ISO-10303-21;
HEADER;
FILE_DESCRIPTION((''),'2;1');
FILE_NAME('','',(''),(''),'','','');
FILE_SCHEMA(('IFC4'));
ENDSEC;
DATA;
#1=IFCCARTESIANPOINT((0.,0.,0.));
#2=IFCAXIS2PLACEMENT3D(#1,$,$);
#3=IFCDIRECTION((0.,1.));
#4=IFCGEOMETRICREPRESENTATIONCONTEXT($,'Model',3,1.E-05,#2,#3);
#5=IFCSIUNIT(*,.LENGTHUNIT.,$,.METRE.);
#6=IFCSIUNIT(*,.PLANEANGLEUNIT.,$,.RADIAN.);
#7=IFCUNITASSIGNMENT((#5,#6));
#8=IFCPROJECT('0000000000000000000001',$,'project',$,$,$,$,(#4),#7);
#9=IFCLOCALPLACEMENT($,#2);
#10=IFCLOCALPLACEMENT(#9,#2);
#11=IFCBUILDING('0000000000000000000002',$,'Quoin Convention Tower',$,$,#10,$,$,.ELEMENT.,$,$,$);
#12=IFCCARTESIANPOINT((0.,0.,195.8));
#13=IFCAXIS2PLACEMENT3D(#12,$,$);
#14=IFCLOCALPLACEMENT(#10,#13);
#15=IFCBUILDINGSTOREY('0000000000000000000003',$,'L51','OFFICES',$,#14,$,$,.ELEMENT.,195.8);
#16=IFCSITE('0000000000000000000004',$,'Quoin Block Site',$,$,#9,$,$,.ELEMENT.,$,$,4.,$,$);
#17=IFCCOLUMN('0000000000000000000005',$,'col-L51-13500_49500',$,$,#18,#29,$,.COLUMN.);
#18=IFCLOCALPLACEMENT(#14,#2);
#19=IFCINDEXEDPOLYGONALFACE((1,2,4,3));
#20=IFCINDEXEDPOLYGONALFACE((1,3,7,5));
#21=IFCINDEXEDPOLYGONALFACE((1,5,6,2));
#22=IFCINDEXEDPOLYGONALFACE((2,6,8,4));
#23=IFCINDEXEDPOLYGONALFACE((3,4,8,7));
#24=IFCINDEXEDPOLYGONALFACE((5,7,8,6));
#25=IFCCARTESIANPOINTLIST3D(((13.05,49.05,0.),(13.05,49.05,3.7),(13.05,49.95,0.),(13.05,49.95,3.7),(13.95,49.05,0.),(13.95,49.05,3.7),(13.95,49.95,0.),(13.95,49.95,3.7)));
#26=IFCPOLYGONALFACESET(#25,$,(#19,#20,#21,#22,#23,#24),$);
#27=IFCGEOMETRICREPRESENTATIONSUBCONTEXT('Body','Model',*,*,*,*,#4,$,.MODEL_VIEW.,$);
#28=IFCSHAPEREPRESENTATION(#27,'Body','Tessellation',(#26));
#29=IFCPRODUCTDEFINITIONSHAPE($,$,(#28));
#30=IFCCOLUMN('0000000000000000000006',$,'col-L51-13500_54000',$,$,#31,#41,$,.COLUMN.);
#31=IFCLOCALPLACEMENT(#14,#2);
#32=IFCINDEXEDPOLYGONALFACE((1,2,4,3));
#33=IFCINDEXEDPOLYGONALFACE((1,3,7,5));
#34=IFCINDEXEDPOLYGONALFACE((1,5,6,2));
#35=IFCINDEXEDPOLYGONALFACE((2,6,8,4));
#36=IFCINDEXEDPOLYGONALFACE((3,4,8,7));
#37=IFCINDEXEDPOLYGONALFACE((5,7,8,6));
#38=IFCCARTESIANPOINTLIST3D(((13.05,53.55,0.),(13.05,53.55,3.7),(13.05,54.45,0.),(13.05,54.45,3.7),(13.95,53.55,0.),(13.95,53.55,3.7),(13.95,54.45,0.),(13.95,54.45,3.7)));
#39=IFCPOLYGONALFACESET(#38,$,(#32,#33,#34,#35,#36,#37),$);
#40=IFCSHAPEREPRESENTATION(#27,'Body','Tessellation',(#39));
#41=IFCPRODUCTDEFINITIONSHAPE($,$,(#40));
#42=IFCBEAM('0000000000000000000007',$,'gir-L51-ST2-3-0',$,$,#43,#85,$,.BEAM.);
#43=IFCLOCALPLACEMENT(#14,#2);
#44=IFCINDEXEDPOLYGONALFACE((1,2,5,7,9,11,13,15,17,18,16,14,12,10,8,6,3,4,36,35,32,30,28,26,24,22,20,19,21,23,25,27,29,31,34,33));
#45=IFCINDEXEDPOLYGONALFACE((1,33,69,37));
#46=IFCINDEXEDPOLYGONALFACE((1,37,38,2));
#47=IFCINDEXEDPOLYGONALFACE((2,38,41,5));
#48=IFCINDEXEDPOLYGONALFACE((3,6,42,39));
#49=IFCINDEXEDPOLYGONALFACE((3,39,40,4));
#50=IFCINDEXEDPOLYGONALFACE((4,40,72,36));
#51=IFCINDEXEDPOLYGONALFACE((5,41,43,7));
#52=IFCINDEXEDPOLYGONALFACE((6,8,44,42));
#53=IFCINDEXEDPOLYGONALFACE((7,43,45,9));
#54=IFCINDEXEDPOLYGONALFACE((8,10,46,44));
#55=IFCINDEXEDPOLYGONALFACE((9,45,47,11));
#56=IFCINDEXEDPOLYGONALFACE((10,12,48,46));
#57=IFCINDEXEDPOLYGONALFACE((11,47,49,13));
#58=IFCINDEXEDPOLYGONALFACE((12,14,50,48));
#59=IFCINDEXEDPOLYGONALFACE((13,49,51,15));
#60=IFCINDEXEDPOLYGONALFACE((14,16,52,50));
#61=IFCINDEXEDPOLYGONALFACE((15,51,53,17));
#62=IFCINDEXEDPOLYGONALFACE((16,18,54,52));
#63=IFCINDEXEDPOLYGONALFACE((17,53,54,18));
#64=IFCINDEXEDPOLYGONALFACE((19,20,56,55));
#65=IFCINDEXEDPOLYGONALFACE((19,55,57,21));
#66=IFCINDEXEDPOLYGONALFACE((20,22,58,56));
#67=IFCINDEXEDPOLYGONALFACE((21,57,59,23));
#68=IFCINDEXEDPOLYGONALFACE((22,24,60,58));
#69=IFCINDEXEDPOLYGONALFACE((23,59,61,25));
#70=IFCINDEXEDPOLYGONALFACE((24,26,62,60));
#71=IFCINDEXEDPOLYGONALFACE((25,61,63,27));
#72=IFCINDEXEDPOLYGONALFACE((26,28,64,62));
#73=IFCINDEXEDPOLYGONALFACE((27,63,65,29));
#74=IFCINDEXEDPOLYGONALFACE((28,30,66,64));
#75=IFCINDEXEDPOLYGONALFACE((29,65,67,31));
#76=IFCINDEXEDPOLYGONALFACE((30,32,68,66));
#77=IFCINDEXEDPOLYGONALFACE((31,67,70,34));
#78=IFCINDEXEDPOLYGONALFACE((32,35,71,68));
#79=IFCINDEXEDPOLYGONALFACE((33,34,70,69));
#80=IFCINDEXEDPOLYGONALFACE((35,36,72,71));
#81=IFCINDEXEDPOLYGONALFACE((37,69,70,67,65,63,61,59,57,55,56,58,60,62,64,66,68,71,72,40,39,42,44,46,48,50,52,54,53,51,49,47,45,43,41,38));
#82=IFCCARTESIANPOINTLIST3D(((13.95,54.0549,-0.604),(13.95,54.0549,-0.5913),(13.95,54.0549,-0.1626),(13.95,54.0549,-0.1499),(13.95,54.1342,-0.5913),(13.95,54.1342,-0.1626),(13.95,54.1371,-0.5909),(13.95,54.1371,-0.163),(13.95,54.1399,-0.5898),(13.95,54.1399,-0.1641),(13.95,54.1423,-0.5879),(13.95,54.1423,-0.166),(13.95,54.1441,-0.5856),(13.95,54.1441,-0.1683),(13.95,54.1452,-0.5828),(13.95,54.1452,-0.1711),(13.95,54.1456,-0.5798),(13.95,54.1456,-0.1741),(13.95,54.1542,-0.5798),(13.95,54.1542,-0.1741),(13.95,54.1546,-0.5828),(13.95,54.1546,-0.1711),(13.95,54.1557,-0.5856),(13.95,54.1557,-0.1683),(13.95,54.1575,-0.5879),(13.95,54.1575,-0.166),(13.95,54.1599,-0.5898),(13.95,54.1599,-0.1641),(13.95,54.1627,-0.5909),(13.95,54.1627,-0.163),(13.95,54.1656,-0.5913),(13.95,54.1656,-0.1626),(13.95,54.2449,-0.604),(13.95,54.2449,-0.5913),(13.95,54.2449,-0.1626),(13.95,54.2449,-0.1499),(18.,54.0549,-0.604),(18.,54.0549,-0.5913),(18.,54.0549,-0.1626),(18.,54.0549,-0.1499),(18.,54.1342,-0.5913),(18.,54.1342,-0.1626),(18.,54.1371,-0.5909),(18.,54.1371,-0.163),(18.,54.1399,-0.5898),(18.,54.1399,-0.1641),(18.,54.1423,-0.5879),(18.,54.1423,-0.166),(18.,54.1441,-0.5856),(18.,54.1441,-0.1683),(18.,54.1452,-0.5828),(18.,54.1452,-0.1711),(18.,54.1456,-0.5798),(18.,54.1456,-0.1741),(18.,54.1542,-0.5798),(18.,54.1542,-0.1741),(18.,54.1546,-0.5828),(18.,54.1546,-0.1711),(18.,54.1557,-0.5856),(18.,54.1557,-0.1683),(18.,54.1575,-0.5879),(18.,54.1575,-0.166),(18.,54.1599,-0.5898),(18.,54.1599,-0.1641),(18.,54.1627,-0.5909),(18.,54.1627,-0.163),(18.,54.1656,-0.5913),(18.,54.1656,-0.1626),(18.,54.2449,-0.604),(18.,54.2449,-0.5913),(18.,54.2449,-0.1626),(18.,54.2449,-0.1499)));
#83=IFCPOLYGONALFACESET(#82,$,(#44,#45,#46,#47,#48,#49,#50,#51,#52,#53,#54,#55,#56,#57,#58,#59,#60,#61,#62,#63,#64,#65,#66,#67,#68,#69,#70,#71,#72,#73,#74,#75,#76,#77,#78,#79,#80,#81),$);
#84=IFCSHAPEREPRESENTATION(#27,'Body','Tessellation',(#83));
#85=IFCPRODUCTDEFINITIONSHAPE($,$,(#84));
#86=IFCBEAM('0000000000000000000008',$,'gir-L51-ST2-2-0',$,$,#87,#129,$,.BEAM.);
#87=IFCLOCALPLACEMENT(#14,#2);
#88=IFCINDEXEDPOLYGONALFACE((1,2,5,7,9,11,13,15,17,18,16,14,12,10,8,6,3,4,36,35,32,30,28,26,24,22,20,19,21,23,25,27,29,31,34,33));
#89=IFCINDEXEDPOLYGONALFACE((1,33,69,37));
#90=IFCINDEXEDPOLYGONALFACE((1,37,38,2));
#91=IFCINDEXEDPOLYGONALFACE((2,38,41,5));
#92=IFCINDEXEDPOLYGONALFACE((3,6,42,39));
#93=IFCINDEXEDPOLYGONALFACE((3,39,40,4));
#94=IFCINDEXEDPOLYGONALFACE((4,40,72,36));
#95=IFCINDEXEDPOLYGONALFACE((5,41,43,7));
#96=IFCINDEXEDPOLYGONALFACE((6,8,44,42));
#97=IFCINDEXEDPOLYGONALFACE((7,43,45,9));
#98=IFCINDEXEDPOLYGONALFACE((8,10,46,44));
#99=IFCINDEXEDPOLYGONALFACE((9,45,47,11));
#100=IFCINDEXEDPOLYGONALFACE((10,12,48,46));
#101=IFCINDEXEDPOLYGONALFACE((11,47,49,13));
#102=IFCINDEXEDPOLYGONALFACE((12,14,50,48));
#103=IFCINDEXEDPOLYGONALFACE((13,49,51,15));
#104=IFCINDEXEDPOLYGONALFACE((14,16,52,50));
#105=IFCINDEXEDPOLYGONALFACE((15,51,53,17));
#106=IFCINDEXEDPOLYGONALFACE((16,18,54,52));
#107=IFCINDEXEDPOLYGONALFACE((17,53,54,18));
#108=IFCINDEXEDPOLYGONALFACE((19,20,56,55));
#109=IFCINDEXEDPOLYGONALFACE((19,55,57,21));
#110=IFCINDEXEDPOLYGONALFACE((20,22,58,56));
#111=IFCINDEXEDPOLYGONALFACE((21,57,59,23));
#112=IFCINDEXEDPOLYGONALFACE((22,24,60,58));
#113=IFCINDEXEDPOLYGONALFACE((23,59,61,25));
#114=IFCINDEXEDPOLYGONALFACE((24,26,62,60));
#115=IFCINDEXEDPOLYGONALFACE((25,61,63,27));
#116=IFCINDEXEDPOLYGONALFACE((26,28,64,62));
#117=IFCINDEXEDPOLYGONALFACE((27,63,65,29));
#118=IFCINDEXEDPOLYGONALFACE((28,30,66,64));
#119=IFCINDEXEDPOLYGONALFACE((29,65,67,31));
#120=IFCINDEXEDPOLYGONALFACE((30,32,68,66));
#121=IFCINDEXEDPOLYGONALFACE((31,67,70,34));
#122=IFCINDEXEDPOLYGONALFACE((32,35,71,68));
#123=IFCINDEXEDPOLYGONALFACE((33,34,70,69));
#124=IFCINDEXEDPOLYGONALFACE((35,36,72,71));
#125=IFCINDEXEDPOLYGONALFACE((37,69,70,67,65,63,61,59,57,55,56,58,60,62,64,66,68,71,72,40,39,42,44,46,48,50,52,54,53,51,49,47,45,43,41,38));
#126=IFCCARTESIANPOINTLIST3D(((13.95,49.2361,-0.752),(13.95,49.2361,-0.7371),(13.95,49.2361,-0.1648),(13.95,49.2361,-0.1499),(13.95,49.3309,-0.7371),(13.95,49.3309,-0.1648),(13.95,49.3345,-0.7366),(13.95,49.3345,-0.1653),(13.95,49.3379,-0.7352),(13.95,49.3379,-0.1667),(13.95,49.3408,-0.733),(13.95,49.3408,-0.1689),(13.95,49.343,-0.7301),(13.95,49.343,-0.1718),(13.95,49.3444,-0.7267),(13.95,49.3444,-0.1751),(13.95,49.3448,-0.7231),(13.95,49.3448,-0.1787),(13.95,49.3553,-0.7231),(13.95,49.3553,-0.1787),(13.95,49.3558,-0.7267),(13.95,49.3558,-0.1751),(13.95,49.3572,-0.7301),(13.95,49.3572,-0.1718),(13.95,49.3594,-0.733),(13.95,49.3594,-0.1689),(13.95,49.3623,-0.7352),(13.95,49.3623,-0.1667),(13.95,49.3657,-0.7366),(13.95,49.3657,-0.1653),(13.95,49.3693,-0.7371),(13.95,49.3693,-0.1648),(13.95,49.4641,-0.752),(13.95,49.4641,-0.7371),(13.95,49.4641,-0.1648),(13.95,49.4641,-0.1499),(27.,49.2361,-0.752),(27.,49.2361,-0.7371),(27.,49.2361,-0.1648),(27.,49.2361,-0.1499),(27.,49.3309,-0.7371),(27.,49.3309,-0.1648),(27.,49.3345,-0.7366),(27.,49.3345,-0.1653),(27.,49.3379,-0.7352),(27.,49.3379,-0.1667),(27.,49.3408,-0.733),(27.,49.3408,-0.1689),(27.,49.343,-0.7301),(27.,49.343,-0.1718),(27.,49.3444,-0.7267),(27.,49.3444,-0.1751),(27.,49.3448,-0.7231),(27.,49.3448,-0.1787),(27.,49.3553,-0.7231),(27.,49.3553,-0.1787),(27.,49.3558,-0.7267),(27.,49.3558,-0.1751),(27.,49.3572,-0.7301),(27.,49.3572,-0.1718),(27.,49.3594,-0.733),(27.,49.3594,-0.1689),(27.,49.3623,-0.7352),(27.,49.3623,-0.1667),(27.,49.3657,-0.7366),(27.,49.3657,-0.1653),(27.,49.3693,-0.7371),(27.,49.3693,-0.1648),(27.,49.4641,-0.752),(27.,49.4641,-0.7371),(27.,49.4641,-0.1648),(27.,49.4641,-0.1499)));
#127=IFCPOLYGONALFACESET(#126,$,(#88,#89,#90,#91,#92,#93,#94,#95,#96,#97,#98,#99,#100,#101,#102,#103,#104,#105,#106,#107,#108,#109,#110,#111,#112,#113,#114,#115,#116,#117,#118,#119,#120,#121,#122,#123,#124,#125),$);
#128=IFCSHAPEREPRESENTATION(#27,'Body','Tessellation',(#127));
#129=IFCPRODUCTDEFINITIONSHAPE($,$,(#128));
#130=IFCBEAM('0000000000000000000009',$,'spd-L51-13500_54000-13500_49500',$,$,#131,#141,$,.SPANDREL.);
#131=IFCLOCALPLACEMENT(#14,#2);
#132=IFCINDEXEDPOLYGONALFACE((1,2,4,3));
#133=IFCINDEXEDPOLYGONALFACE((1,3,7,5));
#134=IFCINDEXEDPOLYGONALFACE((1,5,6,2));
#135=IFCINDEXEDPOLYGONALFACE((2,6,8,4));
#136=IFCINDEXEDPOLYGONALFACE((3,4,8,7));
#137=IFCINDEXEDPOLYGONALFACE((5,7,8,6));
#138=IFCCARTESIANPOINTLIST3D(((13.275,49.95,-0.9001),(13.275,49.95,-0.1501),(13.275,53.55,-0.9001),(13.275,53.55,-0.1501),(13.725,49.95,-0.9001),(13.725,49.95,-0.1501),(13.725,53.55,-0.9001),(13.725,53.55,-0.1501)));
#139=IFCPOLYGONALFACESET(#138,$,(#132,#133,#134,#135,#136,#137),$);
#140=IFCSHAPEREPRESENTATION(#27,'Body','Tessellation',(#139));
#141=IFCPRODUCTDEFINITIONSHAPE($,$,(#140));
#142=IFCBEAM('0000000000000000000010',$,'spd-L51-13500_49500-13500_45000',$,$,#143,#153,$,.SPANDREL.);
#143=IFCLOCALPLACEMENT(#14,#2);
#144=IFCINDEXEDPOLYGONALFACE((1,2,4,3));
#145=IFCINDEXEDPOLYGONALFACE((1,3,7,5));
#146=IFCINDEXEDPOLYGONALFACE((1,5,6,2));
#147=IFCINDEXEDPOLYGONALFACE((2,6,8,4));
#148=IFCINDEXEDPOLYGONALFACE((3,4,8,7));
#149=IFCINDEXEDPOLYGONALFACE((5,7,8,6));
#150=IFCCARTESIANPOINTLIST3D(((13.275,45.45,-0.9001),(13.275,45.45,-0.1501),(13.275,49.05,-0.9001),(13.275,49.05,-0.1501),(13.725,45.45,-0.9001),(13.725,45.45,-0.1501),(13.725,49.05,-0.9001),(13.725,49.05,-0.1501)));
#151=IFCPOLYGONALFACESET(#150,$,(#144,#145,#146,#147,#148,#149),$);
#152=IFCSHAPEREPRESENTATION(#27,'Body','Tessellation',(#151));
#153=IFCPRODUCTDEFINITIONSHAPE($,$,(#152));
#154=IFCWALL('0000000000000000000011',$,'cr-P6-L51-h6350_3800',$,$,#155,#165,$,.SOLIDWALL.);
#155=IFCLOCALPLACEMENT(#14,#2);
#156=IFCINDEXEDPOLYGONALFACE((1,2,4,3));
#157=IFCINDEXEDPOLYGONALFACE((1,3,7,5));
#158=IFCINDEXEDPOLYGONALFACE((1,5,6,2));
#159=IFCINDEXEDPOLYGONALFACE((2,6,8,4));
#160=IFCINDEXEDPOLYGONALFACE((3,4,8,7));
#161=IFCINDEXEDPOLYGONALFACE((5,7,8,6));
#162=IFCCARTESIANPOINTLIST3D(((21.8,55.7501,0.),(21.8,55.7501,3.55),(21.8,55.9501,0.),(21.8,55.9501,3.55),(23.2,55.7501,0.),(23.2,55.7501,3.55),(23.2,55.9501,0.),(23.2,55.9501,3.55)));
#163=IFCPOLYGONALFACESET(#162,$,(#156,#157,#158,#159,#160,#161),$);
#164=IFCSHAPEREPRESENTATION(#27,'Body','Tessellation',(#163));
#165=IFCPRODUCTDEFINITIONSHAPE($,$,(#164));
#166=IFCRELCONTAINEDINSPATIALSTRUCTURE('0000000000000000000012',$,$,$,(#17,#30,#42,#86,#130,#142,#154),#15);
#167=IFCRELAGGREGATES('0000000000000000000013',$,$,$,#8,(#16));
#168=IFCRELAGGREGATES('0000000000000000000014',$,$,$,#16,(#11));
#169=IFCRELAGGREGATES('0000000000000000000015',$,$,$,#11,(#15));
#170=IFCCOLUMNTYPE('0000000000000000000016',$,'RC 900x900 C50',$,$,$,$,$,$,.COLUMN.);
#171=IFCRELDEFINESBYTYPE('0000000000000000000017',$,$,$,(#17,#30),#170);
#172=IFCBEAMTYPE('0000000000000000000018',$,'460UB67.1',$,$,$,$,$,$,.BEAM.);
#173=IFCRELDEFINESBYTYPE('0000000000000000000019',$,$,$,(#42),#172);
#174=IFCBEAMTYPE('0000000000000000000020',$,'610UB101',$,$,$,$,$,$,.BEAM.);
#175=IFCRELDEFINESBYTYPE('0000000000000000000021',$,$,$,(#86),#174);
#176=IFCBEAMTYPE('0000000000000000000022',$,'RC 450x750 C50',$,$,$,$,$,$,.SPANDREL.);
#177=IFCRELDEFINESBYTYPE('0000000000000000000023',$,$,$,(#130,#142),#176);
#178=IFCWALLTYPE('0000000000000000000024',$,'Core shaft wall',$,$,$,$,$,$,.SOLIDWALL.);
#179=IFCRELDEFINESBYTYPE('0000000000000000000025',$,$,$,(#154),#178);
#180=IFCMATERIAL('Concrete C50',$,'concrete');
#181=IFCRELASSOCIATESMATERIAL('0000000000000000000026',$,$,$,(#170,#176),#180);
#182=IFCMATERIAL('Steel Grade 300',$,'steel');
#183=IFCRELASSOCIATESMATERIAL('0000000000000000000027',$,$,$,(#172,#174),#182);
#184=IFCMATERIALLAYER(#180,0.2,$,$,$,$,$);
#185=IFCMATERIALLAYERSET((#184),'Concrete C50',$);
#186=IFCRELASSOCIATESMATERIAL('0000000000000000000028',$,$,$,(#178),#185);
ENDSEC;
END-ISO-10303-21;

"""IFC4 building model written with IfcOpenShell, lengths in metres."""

from ifc_helpers import new_model, si_unit, direction, frame, frame_2d, origin, origin_2d, place, context, subcontext, project, spatial, rectangle, i_section, extrude, material, layer, layer_set, material_profile, profile_set, type_object, element, save


model = new_model("IFC4")

# Units and contexts
model_context = context("Model", 3, precision=1e-05, world=origin(), true_north=direction((0.0, 1.0)))
body_context = subcontext(model_context, "Body", "Model", "MODEL_VIEW")
ifc_project = project(units=[si_unit("LENGTHUNIT", "METRE"), si_unit("PLANEANGLEUNIT", "RADIAN")], contexts=[model_context])

# Site, building, storey
site_placement = place(None, origin())
site = spatial("IfcSite", under=ifc_project, at=site_placement, Name="Quoin Block Site", CompositionType="ELEMENT", RefElevation=4.0)
building_placement = place(site_placement, origin())
building = spatial("IfcBuilding", under=site, at=building_placement, Name="Quoin Convention Tower", CompositionType="ELEMENT")
storey_placement = place(building_placement, frame((0.0, 0.0, 195.8)))
storey = spatial("IfcBuildingStorey", under=building, at=storey_placement, Name="L51", Description="OFFICES", CompositionType="ELEMENT", Elevation=195.8)

# Columns
ifc_material_1 = material(Name="Concrete C50", Category="concrete")
ifc_material_profile_1 = material_profile(ifc_material_1, rectangle(XDim=0.8999, YDim=0.8999, at=origin_2d()), Name="RC 900x900")
ifc_profile_set_1 = profile_set([ifc_material_profile_1], Name="Concrete C50")
column_type = type_object("IfcColumnType", Name="RC 900x900 C50", PredefinedType="COLUMN", material=ifc_profile_set_1)
for number, where, z_axis, x_axis, name in (
    (1, (13.5, 49.5, 0.0), (0.0, 0.0, 1.0), (1.0, 0.0, 0.0), "col-L51-13500_49500"),
    (2, (13.5, 54.0, 0.0), (0.0, 0.0, 1.0), (1.0, 0.0, 0.0), "col-L51-13500_54000"),
):
    element("IfcColumn", number, at=place(storey_placement, frame(where, z_axis=z_axis, x_axis=x_axis)), inside=storey, type_object=column_type, Name=name, PredefinedType="COLUMN", context=body_context, shape_type="SweptSolid", body=[
        extrude(rectangle(XDim=0.8999, YDim=0.8999, at=origin_2d()), origin(), (0.0, 0.0, 1.0), 3.7),
    ])

# Beams
ifc_material_2 = material(Name="Steel Grade 300", Category="steel")
ifc_material_profile_2 = material_profile(ifc_material_2, i_section(OverallWidth=0.1899, OverallDepth=0.4541, WebThickness=0.0085, FlangeThickness=0.0127, FilletRadius=0.0115, at=origin_2d()), Name="460UB67.1")
ifc_profile_set_2 = profile_set([ifc_material_profile_2], Name="Steel Grade 300")
beam_type_1 = type_object("IfcBeamType", Name="460UB67.1", PredefinedType="BEAM", material=ifc_profile_set_2)
beam_1_placement = place(storey_placement, frame((13.95, 54.1499, -0.377), z_axis=(1.0, 0.0, 0.0), x_axis=(0.0, 1.0, 0.0)))
element("IfcBeam", 3, at=beam_1_placement, inside=storey, type_object=beam_type_1, Name="gir-L51-ST2-3-0", PredefinedType="BEAM", context=body_context, shape_type="SweptSolid", body=[
    extrude(i_section(OverallWidth=0.1899, OverallDepth=0.4541, WebThickness=0.0085, FlangeThickness=0.0127, FilletRadius=0.0115, at=origin_2d()), origin(), (0.0, 0.0, 1.0), 4.05),
])
ifc_material_profile_3 = material_profile(ifc_material_2, i_section(OverallWidth=0.228, OverallDepth=0.6021, WebThickness=0.0105, FlangeThickness=0.0149, FilletRadius=0.0139, at=origin_2d()), Name="610UB101")
ifc_profile_set_3 = profile_set([ifc_material_profile_3], Name="Steel Grade 300")
beam_type_2 = type_object("IfcBeamType", Name="610UB101", PredefinedType="BEAM", material=ifc_profile_set_3)
beam_2_placement = place(storey_placement, frame((13.95, 49.3501, -0.4509), z_axis=(1.0, 0.0, 0.0), x_axis=(0.0, 1.0, 0.0)))
element("IfcBeam", 4, at=beam_2_placement, inside=storey, type_object=beam_type_2, Name="gir-L51-ST2-2-0", PredefinedType="BEAM", context=body_context, shape_type="SweptSolid", body=[
    extrude(i_section(OverallWidth=0.228, OverallDepth=0.6021, WebThickness=0.0105, FlangeThickness=0.0149, FilletRadius=0.0139, at=origin_2d()), origin(), (0.0, 0.0, 1.0), 13.05),
])
ifc_material_profile_4 = material_profile(ifc_material_1, rectangle(XDim=0.45, YDim=0.75, at=origin_2d()), Name="RC 450x750")
ifc_profile_set_4 = profile_set([ifc_material_profile_4], Name="Concrete C50")
beam_type_3 = type_object("IfcBeamType", Name="RC 450x750 C50", PredefinedType="SPANDREL", material=ifc_profile_set_4)
for number, where, z_axis, x_axis, name in (
    (5, (13.5, 53.55, -0.5251), (0.0, -1.0, 0.0), (1.0, 0.0, 0.0), "spd-L51-13500_54000-13500_49500"),
    (6, (13.5, 49.05, -0.5251), (0.0, -1.0, 0.0), (1.0, 0.0, 0.0), "spd-L51-13500_49500-13500_45000"),
):
    element("IfcBeam", number, at=place(storey_placement, frame(where, z_axis=z_axis, x_axis=x_axis)), inside=storey, type_object=beam_type_3, Name=name, PredefinedType="SPANDREL", context=body_context, shape_type="SweptSolid", body=[
        extrude(rectangle(XDim=0.45, YDim=0.75, at=origin_2d()), origin(), (0.0, 0.0, 1.0), 3.6001),
    ])

# Wall
ifc_layer_1 = layer(ifc_material_1, 0.2)
ifc_layer_set_1 = layer_set([ifc_layer_1], Name="Concrete C50")
wall_type_1 = type_object("IfcWallType", Name="Core shaft wall", PredefinedType="SOLIDWALL", material=ifc_layer_set_1)
wall_1_placement = place(storey_placement, frame((21.8, 55.8501, 0.0), z_axis=(0.0, 0.0, 1.0), x_axis=(1.0, 0.0, 0.0)))
element("IfcWall", 7, at=wall_1_placement, inside=storey, type_object=wall_type_1, Name="cr-P6-L51-h6350_3800", PredefinedType="SOLIDWALL", context=body_context, shape_type="SweptSolid", body=[
    extrude(rectangle(XDim=1.3999, YDim=0.2, at=frame_2d((0.7, 0.0))), origin(), (0.0, 0.0, 1.0), 3.55),
])

save(model, "model.ifc")
